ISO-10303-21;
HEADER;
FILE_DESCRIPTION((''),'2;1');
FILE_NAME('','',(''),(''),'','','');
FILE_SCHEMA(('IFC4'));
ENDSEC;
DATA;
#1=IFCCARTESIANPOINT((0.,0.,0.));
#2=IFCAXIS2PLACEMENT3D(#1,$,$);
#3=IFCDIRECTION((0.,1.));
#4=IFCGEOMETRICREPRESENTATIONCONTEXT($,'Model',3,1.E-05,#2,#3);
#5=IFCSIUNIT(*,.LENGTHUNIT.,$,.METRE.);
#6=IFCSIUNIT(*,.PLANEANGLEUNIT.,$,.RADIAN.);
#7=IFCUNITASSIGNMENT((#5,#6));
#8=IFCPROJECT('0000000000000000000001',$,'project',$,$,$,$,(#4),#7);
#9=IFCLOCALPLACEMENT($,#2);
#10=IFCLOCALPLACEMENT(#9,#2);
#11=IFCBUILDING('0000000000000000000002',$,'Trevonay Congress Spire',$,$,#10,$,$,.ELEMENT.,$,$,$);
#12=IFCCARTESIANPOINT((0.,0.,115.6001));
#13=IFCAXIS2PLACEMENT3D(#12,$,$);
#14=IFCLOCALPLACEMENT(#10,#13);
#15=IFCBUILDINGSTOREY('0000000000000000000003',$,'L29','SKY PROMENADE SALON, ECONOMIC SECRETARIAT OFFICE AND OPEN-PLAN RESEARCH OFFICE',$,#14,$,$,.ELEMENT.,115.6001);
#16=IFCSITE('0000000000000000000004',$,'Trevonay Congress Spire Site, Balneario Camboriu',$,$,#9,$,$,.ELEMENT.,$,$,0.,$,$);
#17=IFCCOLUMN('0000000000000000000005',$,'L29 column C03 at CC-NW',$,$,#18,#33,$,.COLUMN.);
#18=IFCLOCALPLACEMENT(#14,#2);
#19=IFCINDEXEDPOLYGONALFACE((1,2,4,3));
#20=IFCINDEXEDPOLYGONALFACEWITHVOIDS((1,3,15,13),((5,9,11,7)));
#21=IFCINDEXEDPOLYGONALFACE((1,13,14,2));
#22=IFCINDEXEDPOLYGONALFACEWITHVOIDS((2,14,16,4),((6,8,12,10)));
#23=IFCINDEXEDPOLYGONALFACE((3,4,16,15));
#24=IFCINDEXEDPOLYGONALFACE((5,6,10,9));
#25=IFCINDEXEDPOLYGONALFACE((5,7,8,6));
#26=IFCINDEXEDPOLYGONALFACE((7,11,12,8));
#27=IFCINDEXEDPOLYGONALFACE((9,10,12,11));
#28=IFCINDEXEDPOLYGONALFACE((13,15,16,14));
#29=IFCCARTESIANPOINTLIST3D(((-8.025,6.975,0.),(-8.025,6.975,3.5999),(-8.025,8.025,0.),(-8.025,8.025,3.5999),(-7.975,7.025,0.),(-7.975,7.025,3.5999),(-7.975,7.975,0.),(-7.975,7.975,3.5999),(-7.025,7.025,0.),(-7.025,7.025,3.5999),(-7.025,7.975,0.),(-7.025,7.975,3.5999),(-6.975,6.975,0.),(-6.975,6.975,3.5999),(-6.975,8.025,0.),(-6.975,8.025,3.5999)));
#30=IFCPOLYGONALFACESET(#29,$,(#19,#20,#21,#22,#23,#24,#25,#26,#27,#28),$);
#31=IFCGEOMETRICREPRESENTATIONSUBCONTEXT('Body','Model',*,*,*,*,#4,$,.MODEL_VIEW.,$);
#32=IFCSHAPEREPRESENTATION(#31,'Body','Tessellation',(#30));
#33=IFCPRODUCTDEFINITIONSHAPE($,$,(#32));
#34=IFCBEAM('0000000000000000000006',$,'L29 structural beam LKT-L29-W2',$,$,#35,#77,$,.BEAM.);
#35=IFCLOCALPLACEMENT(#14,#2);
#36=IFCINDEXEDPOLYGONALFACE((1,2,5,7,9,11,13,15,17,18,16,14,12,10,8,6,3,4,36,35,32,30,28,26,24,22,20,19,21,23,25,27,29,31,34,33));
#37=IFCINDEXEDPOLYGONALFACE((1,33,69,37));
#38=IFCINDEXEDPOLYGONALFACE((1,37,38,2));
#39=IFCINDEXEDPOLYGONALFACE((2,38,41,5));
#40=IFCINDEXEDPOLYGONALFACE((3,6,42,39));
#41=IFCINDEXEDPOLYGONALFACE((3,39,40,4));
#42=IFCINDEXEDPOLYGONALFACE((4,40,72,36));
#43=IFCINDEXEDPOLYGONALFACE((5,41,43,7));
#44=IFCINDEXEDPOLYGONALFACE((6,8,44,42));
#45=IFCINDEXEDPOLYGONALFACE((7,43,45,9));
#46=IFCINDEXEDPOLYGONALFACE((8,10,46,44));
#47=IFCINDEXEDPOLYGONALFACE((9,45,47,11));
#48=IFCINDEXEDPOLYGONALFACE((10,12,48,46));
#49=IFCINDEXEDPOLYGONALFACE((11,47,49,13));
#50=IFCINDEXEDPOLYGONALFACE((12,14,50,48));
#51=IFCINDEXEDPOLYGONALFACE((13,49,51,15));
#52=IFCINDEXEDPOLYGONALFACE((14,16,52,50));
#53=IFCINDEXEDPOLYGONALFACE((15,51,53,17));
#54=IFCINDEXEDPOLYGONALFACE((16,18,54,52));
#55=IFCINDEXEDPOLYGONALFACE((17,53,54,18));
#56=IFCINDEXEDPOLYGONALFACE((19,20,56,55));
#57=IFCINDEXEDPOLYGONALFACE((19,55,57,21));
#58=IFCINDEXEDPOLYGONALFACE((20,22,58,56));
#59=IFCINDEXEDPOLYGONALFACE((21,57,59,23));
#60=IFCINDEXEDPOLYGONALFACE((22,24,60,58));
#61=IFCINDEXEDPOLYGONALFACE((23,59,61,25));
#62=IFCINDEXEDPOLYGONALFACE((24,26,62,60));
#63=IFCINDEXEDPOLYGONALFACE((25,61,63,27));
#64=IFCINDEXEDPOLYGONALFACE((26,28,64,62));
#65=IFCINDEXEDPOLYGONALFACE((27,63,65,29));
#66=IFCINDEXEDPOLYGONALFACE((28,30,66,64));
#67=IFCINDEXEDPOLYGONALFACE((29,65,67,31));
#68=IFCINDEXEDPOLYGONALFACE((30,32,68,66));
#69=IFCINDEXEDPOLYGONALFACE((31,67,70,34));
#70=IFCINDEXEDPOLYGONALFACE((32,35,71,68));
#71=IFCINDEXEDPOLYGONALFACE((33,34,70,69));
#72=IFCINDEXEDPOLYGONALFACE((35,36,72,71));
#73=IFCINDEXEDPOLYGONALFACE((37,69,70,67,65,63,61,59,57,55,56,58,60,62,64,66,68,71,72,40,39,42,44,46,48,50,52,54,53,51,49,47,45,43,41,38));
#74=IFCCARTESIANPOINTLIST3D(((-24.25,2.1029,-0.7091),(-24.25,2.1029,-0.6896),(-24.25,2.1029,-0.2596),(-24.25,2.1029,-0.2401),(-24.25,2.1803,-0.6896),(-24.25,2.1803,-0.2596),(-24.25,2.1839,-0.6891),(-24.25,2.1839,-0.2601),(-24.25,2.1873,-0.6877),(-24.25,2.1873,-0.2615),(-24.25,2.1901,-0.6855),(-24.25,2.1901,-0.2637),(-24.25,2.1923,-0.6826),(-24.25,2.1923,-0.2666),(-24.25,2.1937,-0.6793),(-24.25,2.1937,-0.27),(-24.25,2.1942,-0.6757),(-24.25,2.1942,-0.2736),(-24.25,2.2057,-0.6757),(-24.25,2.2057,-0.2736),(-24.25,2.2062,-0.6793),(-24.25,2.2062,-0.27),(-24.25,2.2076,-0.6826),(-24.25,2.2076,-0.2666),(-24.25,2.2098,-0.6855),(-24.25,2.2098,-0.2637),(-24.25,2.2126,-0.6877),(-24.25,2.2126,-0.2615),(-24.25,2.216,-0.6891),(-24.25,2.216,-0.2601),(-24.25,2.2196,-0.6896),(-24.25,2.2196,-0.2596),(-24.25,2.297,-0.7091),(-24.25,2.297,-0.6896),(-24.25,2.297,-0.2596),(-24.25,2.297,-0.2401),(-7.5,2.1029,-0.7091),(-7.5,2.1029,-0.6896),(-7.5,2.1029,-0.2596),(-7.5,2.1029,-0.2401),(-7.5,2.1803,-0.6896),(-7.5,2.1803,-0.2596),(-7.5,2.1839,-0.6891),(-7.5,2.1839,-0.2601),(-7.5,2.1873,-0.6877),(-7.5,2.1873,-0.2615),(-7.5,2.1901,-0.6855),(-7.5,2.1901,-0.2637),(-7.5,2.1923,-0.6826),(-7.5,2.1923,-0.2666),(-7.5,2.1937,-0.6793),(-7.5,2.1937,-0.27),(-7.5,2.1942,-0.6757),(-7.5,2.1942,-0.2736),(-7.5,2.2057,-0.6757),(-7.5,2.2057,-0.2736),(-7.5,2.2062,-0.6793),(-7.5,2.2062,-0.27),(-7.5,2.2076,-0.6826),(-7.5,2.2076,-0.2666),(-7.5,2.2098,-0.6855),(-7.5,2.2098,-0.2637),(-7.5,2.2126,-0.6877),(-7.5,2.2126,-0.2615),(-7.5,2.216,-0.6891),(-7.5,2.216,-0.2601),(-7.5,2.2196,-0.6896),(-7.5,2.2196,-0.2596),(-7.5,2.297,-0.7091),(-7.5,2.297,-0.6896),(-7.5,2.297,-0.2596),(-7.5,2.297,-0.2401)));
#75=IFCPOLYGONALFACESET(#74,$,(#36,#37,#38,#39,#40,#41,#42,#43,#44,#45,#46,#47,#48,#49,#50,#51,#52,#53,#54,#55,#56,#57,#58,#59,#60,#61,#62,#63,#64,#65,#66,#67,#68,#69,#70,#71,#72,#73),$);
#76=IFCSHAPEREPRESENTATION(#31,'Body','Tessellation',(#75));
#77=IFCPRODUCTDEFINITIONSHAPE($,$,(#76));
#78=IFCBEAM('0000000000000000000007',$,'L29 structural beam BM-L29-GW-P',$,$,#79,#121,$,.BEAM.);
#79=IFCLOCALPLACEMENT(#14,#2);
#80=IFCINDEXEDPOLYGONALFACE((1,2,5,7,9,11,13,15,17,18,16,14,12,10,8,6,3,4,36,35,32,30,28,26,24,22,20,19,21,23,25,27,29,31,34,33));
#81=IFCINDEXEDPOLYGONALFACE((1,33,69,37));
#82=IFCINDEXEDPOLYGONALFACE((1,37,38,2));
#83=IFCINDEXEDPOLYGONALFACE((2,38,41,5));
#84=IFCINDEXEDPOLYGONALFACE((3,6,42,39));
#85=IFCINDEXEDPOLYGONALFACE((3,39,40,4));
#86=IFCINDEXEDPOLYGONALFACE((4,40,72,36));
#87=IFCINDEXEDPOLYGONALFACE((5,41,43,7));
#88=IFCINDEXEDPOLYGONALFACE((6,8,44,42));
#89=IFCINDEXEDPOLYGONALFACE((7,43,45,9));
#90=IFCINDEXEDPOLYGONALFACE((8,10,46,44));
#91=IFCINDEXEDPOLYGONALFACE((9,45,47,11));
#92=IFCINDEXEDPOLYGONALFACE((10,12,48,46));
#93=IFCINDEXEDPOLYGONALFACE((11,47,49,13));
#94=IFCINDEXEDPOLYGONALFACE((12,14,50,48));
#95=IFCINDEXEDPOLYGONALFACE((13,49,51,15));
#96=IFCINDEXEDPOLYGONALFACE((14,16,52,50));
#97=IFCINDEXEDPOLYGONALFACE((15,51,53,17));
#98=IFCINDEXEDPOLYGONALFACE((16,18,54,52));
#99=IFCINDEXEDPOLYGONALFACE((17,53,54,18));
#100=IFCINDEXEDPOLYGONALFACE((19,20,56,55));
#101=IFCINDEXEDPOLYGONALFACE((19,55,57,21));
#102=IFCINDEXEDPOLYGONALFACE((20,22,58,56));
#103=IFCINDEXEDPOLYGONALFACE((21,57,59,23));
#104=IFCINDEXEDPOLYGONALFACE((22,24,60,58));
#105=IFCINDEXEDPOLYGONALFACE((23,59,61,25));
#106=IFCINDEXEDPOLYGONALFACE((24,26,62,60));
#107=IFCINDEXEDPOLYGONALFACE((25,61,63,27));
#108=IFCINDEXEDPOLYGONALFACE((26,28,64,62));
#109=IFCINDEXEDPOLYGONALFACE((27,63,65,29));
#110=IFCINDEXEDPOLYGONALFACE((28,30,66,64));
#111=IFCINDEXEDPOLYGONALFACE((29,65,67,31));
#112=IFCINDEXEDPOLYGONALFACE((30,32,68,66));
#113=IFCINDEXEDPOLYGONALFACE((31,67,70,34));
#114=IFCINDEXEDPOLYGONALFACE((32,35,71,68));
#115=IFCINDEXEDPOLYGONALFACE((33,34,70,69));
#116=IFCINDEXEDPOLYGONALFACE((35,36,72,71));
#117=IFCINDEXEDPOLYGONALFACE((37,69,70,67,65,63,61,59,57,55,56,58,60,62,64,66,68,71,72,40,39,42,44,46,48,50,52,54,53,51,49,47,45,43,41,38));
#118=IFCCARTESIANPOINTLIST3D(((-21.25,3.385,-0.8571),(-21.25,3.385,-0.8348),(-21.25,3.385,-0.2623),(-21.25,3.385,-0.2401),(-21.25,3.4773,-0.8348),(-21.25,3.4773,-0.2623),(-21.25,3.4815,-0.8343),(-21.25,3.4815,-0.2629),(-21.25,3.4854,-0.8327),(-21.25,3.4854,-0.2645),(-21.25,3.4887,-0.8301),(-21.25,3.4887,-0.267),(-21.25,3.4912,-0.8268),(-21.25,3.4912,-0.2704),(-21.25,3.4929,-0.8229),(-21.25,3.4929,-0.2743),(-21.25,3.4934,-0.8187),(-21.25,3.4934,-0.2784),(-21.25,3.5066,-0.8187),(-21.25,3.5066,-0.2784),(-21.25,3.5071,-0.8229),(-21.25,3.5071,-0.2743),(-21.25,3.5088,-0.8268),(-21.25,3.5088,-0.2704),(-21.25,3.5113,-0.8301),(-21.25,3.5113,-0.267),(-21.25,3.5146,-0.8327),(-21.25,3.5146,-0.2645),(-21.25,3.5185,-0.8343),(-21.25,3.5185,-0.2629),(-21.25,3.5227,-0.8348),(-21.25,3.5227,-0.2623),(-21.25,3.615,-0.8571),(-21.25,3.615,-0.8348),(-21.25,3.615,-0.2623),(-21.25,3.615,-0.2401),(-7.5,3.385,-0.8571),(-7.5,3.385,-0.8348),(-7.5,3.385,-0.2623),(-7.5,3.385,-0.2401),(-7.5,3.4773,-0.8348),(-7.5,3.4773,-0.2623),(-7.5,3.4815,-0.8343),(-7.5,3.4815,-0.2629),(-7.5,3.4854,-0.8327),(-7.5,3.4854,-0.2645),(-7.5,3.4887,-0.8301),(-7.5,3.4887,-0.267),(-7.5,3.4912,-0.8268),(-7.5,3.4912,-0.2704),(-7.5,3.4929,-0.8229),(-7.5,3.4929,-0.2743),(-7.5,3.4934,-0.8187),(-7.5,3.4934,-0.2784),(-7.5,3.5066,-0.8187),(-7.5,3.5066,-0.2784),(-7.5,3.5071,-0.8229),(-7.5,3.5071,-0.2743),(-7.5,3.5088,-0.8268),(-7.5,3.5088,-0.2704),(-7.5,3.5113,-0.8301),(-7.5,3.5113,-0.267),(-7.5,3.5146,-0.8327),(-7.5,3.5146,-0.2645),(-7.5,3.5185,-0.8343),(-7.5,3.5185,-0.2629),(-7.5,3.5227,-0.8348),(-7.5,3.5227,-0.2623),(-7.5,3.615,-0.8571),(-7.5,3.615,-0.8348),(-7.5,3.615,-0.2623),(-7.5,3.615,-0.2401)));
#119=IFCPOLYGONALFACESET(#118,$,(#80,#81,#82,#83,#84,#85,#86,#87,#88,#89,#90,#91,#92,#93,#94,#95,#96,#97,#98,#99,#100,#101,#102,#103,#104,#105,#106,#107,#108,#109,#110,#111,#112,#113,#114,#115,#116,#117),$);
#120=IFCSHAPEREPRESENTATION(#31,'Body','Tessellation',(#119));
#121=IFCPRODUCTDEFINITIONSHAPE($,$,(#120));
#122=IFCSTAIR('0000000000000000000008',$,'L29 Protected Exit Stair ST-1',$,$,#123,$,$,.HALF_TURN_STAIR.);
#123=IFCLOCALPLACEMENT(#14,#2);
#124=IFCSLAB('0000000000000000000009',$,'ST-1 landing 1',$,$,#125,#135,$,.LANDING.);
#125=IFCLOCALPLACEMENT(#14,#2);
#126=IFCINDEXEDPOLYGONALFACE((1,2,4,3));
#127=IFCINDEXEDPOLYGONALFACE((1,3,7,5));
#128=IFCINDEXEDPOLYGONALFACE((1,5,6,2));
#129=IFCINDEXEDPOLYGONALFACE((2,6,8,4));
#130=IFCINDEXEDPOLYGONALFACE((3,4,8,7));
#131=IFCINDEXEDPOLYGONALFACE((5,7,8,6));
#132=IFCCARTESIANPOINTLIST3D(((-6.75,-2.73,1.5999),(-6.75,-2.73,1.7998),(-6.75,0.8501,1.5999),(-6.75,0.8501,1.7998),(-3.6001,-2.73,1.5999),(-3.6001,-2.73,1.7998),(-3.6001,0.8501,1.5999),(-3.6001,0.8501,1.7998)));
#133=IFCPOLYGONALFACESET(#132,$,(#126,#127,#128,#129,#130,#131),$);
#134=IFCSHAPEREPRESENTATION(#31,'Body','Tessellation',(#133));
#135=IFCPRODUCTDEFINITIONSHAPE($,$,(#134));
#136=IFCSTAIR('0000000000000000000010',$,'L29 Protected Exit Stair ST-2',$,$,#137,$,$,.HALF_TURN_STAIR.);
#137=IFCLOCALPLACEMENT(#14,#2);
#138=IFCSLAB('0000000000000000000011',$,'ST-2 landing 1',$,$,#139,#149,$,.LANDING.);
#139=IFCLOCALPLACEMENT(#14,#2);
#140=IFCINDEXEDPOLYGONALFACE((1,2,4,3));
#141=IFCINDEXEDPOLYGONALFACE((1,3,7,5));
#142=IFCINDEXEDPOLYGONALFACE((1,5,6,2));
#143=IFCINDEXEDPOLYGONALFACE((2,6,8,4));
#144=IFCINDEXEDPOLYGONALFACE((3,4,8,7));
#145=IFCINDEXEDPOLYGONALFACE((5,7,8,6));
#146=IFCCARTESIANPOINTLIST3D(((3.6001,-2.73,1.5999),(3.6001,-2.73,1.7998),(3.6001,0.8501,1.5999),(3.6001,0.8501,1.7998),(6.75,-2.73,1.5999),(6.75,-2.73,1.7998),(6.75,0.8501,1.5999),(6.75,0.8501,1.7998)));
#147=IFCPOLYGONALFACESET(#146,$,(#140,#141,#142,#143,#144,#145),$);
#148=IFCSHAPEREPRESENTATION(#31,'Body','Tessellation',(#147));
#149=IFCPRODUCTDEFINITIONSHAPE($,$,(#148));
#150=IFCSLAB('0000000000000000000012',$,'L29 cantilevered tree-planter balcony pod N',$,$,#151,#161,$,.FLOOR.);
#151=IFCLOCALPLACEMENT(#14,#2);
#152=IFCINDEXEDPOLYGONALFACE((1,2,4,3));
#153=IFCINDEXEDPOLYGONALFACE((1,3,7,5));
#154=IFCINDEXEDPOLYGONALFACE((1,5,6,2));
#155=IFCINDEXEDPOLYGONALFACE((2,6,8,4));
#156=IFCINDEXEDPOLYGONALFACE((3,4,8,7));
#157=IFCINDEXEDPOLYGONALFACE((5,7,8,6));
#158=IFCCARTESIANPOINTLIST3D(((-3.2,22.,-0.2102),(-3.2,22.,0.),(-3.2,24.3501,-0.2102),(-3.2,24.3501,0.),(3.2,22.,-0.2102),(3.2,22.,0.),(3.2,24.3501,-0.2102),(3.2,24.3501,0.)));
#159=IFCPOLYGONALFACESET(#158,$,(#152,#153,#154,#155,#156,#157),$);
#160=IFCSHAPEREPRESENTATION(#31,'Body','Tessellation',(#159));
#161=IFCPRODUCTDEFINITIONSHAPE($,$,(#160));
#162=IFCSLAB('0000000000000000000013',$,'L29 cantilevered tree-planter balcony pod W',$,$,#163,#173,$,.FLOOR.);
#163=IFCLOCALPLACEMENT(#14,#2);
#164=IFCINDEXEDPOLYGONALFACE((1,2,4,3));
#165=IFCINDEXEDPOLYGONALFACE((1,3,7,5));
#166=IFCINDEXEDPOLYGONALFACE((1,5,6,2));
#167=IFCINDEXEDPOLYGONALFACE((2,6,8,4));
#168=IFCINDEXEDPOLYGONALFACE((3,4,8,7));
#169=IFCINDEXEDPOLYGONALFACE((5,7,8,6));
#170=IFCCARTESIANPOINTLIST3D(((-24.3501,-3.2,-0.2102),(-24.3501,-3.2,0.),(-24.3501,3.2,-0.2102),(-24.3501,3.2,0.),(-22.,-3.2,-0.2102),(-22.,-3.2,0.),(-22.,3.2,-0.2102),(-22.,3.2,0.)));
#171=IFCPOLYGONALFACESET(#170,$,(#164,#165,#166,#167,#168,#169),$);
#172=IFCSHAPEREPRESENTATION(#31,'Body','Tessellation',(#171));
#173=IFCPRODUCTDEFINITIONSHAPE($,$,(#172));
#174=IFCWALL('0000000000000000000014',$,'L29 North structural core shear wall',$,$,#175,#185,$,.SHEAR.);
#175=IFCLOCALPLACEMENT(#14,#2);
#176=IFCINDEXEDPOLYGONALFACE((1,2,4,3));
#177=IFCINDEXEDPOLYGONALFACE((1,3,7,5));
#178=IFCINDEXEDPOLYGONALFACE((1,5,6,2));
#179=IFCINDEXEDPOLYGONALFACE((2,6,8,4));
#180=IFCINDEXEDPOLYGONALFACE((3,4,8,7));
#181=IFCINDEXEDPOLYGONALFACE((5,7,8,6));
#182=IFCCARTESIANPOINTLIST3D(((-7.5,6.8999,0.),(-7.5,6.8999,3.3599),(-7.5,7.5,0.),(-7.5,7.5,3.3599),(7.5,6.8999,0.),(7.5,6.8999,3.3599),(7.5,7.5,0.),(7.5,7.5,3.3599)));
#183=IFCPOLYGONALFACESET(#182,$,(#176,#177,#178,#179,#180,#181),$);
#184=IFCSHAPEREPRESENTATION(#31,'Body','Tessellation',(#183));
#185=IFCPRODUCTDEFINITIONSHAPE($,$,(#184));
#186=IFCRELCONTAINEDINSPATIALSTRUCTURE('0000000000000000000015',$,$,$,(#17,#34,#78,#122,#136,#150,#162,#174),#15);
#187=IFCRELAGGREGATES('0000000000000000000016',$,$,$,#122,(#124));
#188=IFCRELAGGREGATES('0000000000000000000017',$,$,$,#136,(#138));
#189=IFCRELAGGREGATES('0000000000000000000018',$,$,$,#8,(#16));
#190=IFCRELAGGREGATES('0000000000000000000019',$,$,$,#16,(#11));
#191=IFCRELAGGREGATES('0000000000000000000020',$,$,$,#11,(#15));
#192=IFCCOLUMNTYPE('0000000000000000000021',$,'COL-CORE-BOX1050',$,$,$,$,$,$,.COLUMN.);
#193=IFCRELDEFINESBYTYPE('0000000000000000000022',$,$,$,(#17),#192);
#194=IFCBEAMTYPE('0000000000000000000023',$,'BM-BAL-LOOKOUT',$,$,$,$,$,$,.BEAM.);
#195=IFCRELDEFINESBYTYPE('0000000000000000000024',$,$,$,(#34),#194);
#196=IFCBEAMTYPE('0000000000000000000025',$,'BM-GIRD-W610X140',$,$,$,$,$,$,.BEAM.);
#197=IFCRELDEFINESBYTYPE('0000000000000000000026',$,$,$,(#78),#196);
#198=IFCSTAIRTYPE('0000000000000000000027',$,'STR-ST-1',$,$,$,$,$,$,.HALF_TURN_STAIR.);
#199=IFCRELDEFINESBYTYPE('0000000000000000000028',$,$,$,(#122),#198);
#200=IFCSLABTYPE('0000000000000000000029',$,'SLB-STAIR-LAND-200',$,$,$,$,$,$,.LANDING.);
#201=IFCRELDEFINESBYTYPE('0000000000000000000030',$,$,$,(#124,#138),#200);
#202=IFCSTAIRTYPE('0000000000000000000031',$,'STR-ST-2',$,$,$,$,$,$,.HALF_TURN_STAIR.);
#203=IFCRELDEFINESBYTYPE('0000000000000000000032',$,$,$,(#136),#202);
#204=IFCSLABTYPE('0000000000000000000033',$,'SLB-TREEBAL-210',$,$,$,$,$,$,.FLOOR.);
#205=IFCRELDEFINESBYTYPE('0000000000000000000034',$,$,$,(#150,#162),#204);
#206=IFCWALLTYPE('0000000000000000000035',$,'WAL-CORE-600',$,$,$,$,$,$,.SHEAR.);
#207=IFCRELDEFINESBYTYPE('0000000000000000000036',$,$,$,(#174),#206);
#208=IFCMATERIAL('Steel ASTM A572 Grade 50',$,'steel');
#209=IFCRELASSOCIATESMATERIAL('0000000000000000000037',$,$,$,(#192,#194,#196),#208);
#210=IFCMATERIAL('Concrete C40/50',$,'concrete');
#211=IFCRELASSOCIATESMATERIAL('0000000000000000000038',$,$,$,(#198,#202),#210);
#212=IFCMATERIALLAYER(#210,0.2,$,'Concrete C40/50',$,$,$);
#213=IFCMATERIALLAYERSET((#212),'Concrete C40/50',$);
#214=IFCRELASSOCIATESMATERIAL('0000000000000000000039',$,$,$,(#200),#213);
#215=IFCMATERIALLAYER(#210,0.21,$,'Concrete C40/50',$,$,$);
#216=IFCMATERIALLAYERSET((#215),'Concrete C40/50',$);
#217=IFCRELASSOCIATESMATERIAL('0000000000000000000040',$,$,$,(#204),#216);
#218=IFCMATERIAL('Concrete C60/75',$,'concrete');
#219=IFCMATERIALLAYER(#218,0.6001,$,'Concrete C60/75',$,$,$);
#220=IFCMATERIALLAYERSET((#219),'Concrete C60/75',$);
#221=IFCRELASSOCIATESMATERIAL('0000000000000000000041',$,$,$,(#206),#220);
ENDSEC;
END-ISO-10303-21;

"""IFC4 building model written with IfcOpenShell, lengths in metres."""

from ifc_helpers import new_model, si_unit, direction, frame, frame_2d, origin, origin_2d, place, context, subcontext, project, spatial, polyline, rectangle, hollow_rectangle, i_section, outline, extrude, material, layer, layer_set, material_profile, profile_set, type_object, element, aggregate, save


model = new_model("IFC4")

# Units and contexts
model_context = context("Model", 3, precision=1e-05, world=origin(), true_north=direction((0.0, 1.0)))
body_context = subcontext(model_context, "Body", "Model", "MODEL_VIEW")
ifc_project = project(units=[si_unit("LENGTHUNIT", "METRE"), si_unit("PLANEANGLEUNIT", "RADIAN")], contexts=[model_context])

# Site, building, storey
site_placement = place(None, origin())
site = spatial("IfcSite", under=ifc_project, at=site_placement, Name="Trevonay Congress Spire Site, Balneario Camboriu", CompositionType="ELEMENT", RefElevation=0.0)
building_placement = place(site_placement, origin())
building = spatial("IfcBuilding", under=site, at=building_placement, Name="Trevonay Congress Spire", CompositionType="ELEMENT")
storey_placement = place(building_placement, frame((0.0, 0.0, 115.6001)))
storey = spatial("IfcBuildingStorey", under=building, at=storey_placement, Name="L29", Description="SKY PROMENADE SALON, ECONOMIC SECRETARIAT OFFICE AND OPEN-PLAN RESEARCH OFFICE", CompositionType="ELEMENT", Elevation=115.6001)

# Column
ifc_material_1 = material(Name="Steel ASTM A572 Grade 50", Category="steel")
ifc_material_profile_1 = material_profile(ifc_material_1, hollow_rectangle(XDim=1.05, YDim=1.05, WallThickness=0.05, at=origin_2d()), Name="BOX 1050x1050x50")
ifc_profile_set_1 = profile_set([ifc_material_profile_1], Name="Steel ASTM A572 Grade 50")
column_type = type_object("IfcColumnType", Name="COL-CORE-BOX1050", PredefinedType="COLUMN", material=ifc_profile_set_1)
column_placement = place(storey_placement, frame((-7.5, 7.5, 0.0), z_axis=(0.0, 0.0, 1.0), x_axis=(1.0, 0.0, 0.0)))
element("IfcColumn", 1, at=column_placement, inside=storey, type_object=column_type, Name="L29 column C03 at CC-NW", PredefinedType="COLUMN", context=body_context, shape_type="SweptSolid", body=[
    extrude(hollow_rectangle(XDim=1.05, YDim=1.05, WallThickness=0.05, at=origin_2d()), origin(), (0.0, 0.0, 1.0), 3.5999),
])

# Beams
ifc_material_profile_2 = material_profile(ifc_material_1, i_section(OverallWidth=0.1941, OverallDepth=0.469, WebThickness=0.0115, FlangeThickness=0.0195, FilletRadius=0.0139, at=origin_2d()), Name="W460x106")
ifc_profile_set_2 = profile_set([ifc_material_profile_2], Name="Steel ASTM A572 Grade 50")
beam_type_1 = type_object("IfcBeamType", Name="BM-BAL-LOOKOUT", PredefinedType="BEAM", material=ifc_profile_set_2)
beam_1_placement = place(storey_placement, frame((-7.5, 2.2, -0.4746), z_axis=(-1.0, 0.0, 0.0), x_axis=(0.0, -1.0, 0.0)))
element("IfcBeam", 2, at=beam_1_placement, inside=storey, type_object=beam_type_1, Name="L29 structural beam LKT-L29-W2", PredefinedType="BEAM", context=body_context, shape_type="SweptSolid", body=[
    extrude(i_section(OverallWidth=0.1941, OverallDepth=0.469, WebThickness=0.0115, FlangeThickness=0.0195, FilletRadius=0.0139, at=origin_2d()), origin(), (0.0, 0.0, 1.0), 16.75),
])
ifc_material_profile_3 = material_profile(ifc_material_1, i_section(OverallWidth=0.23, OverallDepth=0.6169, WebThickness=0.0132, FlangeThickness=0.0222, FilletRadius=0.0161, at=origin_2d()), Name="W610x140")
ifc_profile_set_3 = profile_set([ifc_material_profile_3], Name="Steel ASTM A572 Grade 50")
beam_type_2 = type_object("IfcBeamType", Name="BM-GIRD-W610X140", PredefinedType="BEAM", material=ifc_profile_set_3)
beam_2_placement = place(storey_placement, frame((-7.5, 3.5, -0.5486), z_axis=(-1.0, 0.0, 0.0), x_axis=(0.0, -1.0, 0.0)))
element("IfcBeam", 3, at=beam_2_placement, inside=storey, type_object=beam_type_2, Name="L29 structural beam BM-L29-GW-P", PredefinedType="BEAM", context=body_context, shape_type="SweptSolid", body=[
    extrude(i_section(OverallWidth=0.23, OverallDepth=0.6169, WebThickness=0.0132, FlangeThickness=0.0222, FilletRadius=0.0161, at=origin_2d()), origin(), (0.0, 0.0, 1.0), 13.75),
])

# Stairs, slabs
ifc_material_2 = material(Name="Concrete C40/50", Category="concrete")
stair_type_1 = type_object("IfcStairType", Name="STR-ST-1", PredefinedType="HALF_TURN_STAIR", material=ifc_material_2)
stair_1_placement = place(storey_placement, origin())
stair_1 = element("IfcStair", 4, at=stair_1_placement, inside=storey, type_object=stair_type_1, Name="L29 Protected Exit Stair ST-1", PredefinedType="HALF_TURN_STAIR")
ifc_layer_1 = layer(ifc_material_2, 0.2, Name="Concrete C40/50")
ifc_layer_set_1 = layer_set([ifc_layer_1], Name="Concrete C40/50")
slab_type_1 = type_object("IfcSlabType", Name="SLB-STAIR-LAND-200", PredefinedType="LANDING", material=ifc_layer_set_1)
slab_1_placement = place(storey_placement, frame((0.0, 0.0, 1.5999)))
slab_1 = element("IfcSlab", 5, at=slab_1_placement, type_object=slab_type_1, Name="ST-1 landing 1", PredefinedType="LANDING", context=body_context, shape_type="SweptSolid", body=[
    extrude(outline(polyline([(-3.6001, -2.73), (-3.6001, 0.8501), (-6.75, 0.8501), (-6.75, -2.73), (-3.6001, -2.73)])), origin(), (0.0, 0.0, 1.0), 0.2),
])
aggregate(stair_1, [slab_1])
stair_type_2 = type_object("IfcStairType", Name="STR-ST-2", PredefinedType="HALF_TURN_STAIR", material=ifc_material_2)
stair_2_placement = place(storey_placement, origin())
stair_2 = element("IfcStair", 6, at=stair_2_placement, inside=storey, type_object=stair_type_2, Name="L29 Protected Exit Stair ST-2", PredefinedType="HALF_TURN_STAIR")
slab_2_placement = place(storey_placement, frame((0.0, 0.0, 1.5999)))
slab_2 = element("IfcSlab", 7, at=slab_2_placement, type_object=slab_type_1, Name="ST-2 landing 1", PredefinedType="LANDING", context=body_context, shape_type="SweptSolid", body=[
    extrude(outline(polyline([(6.75, -2.73), (6.75, 0.8501), (3.6001, 0.8501), (3.6001, -2.73), (6.75, -2.73)])), origin(), (0.0, 0.0, 1.0), 0.2),
])
aggregate(stair_2, [slab_2])

# Slabs
ifc_layer_2 = layer(ifc_material_2, 0.21, Name="Concrete C40/50")
ifc_layer_set_2 = layer_set([ifc_layer_2], Name="Concrete C40/50")
slab_type_2 = type_object("IfcSlabType", Name="SLB-TREEBAL-210", PredefinedType="FLOOR", material=ifc_layer_set_2)
slab_3_placement = place(storey_placement, frame((0.0, 0.0, -0.2102)))
element("IfcSlab", 8, at=slab_3_placement, inside=storey, type_object=slab_type_2, Name="L29 cantilevered tree-planter balcony pod N", PredefinedType="FLOOR", context=body_context, shape_type="SweptSolid", body=[
    extrude(outline(polyline([(-3.2, 22.0), (3.2, 22.0), (3.2, 24.3501), (-3.2, 24.3501), (-3.2, 22.0)])), origin(), (0.0, 0.0, 1.0), 0.2102),
])
slab_4_placement = place(storey_placement, frame((0.0, 0.0, -0.2102)))
element("IfcSlab", 9, at=slab_4_placement, inside=storey, type_object=slab_type_2, Name="L29 cantilevered tree-planter balcony pod W", PredefinedType="FLOOR", context=body_context, shape_type="SweptSolid", body=[
    extrude(outline(polyline([(-24.3501, -3.2), (-22.0, -3.2), (-22.0, 3.2), (-24.3501, 3.2), (-24.3501, -3.2)])), origin(), (0.0, 0.0, 1.0), 0.2102),
])

# Wall
ifc_material_3 = material(Name="Concrete C60/75", Category="concrete")
ifc_layer_3 = layer(ifc_material_3, 0.6001, Name="Concrete C60/75")
ifc_layer_set_3 = layer_set([ifc_layer_3], Name="Concrete C60/75")
wall_type_1 = type_object("IfcWallType", Name="WAL-CORE-600", PredefinedType="SHEAR", material=ifc_layer_set_3)
wall_1_placement = place(storey_placement, frame((-7.5, 7.2, 0.0), z_axis=(0.0, 0.0, 1.0), x_axis=(1.0, 0.0, 0.0)))
element("IfcWall", 10, at=wall_1_placement, inside=storey, type_object=wall_type_1, Name="L29 North structural core shear wall", PredefinedType="SHEAR", context=body_context, shape_type="SweptSolid", body=[
    extrude(rectangle(XDim=15.0, YDim=0.6001, at=frame_2d((7.5, 0.0))), origin(), (0.0, 0.0, 1.0), 3.3599),
])

save(model, "model.ifc")
